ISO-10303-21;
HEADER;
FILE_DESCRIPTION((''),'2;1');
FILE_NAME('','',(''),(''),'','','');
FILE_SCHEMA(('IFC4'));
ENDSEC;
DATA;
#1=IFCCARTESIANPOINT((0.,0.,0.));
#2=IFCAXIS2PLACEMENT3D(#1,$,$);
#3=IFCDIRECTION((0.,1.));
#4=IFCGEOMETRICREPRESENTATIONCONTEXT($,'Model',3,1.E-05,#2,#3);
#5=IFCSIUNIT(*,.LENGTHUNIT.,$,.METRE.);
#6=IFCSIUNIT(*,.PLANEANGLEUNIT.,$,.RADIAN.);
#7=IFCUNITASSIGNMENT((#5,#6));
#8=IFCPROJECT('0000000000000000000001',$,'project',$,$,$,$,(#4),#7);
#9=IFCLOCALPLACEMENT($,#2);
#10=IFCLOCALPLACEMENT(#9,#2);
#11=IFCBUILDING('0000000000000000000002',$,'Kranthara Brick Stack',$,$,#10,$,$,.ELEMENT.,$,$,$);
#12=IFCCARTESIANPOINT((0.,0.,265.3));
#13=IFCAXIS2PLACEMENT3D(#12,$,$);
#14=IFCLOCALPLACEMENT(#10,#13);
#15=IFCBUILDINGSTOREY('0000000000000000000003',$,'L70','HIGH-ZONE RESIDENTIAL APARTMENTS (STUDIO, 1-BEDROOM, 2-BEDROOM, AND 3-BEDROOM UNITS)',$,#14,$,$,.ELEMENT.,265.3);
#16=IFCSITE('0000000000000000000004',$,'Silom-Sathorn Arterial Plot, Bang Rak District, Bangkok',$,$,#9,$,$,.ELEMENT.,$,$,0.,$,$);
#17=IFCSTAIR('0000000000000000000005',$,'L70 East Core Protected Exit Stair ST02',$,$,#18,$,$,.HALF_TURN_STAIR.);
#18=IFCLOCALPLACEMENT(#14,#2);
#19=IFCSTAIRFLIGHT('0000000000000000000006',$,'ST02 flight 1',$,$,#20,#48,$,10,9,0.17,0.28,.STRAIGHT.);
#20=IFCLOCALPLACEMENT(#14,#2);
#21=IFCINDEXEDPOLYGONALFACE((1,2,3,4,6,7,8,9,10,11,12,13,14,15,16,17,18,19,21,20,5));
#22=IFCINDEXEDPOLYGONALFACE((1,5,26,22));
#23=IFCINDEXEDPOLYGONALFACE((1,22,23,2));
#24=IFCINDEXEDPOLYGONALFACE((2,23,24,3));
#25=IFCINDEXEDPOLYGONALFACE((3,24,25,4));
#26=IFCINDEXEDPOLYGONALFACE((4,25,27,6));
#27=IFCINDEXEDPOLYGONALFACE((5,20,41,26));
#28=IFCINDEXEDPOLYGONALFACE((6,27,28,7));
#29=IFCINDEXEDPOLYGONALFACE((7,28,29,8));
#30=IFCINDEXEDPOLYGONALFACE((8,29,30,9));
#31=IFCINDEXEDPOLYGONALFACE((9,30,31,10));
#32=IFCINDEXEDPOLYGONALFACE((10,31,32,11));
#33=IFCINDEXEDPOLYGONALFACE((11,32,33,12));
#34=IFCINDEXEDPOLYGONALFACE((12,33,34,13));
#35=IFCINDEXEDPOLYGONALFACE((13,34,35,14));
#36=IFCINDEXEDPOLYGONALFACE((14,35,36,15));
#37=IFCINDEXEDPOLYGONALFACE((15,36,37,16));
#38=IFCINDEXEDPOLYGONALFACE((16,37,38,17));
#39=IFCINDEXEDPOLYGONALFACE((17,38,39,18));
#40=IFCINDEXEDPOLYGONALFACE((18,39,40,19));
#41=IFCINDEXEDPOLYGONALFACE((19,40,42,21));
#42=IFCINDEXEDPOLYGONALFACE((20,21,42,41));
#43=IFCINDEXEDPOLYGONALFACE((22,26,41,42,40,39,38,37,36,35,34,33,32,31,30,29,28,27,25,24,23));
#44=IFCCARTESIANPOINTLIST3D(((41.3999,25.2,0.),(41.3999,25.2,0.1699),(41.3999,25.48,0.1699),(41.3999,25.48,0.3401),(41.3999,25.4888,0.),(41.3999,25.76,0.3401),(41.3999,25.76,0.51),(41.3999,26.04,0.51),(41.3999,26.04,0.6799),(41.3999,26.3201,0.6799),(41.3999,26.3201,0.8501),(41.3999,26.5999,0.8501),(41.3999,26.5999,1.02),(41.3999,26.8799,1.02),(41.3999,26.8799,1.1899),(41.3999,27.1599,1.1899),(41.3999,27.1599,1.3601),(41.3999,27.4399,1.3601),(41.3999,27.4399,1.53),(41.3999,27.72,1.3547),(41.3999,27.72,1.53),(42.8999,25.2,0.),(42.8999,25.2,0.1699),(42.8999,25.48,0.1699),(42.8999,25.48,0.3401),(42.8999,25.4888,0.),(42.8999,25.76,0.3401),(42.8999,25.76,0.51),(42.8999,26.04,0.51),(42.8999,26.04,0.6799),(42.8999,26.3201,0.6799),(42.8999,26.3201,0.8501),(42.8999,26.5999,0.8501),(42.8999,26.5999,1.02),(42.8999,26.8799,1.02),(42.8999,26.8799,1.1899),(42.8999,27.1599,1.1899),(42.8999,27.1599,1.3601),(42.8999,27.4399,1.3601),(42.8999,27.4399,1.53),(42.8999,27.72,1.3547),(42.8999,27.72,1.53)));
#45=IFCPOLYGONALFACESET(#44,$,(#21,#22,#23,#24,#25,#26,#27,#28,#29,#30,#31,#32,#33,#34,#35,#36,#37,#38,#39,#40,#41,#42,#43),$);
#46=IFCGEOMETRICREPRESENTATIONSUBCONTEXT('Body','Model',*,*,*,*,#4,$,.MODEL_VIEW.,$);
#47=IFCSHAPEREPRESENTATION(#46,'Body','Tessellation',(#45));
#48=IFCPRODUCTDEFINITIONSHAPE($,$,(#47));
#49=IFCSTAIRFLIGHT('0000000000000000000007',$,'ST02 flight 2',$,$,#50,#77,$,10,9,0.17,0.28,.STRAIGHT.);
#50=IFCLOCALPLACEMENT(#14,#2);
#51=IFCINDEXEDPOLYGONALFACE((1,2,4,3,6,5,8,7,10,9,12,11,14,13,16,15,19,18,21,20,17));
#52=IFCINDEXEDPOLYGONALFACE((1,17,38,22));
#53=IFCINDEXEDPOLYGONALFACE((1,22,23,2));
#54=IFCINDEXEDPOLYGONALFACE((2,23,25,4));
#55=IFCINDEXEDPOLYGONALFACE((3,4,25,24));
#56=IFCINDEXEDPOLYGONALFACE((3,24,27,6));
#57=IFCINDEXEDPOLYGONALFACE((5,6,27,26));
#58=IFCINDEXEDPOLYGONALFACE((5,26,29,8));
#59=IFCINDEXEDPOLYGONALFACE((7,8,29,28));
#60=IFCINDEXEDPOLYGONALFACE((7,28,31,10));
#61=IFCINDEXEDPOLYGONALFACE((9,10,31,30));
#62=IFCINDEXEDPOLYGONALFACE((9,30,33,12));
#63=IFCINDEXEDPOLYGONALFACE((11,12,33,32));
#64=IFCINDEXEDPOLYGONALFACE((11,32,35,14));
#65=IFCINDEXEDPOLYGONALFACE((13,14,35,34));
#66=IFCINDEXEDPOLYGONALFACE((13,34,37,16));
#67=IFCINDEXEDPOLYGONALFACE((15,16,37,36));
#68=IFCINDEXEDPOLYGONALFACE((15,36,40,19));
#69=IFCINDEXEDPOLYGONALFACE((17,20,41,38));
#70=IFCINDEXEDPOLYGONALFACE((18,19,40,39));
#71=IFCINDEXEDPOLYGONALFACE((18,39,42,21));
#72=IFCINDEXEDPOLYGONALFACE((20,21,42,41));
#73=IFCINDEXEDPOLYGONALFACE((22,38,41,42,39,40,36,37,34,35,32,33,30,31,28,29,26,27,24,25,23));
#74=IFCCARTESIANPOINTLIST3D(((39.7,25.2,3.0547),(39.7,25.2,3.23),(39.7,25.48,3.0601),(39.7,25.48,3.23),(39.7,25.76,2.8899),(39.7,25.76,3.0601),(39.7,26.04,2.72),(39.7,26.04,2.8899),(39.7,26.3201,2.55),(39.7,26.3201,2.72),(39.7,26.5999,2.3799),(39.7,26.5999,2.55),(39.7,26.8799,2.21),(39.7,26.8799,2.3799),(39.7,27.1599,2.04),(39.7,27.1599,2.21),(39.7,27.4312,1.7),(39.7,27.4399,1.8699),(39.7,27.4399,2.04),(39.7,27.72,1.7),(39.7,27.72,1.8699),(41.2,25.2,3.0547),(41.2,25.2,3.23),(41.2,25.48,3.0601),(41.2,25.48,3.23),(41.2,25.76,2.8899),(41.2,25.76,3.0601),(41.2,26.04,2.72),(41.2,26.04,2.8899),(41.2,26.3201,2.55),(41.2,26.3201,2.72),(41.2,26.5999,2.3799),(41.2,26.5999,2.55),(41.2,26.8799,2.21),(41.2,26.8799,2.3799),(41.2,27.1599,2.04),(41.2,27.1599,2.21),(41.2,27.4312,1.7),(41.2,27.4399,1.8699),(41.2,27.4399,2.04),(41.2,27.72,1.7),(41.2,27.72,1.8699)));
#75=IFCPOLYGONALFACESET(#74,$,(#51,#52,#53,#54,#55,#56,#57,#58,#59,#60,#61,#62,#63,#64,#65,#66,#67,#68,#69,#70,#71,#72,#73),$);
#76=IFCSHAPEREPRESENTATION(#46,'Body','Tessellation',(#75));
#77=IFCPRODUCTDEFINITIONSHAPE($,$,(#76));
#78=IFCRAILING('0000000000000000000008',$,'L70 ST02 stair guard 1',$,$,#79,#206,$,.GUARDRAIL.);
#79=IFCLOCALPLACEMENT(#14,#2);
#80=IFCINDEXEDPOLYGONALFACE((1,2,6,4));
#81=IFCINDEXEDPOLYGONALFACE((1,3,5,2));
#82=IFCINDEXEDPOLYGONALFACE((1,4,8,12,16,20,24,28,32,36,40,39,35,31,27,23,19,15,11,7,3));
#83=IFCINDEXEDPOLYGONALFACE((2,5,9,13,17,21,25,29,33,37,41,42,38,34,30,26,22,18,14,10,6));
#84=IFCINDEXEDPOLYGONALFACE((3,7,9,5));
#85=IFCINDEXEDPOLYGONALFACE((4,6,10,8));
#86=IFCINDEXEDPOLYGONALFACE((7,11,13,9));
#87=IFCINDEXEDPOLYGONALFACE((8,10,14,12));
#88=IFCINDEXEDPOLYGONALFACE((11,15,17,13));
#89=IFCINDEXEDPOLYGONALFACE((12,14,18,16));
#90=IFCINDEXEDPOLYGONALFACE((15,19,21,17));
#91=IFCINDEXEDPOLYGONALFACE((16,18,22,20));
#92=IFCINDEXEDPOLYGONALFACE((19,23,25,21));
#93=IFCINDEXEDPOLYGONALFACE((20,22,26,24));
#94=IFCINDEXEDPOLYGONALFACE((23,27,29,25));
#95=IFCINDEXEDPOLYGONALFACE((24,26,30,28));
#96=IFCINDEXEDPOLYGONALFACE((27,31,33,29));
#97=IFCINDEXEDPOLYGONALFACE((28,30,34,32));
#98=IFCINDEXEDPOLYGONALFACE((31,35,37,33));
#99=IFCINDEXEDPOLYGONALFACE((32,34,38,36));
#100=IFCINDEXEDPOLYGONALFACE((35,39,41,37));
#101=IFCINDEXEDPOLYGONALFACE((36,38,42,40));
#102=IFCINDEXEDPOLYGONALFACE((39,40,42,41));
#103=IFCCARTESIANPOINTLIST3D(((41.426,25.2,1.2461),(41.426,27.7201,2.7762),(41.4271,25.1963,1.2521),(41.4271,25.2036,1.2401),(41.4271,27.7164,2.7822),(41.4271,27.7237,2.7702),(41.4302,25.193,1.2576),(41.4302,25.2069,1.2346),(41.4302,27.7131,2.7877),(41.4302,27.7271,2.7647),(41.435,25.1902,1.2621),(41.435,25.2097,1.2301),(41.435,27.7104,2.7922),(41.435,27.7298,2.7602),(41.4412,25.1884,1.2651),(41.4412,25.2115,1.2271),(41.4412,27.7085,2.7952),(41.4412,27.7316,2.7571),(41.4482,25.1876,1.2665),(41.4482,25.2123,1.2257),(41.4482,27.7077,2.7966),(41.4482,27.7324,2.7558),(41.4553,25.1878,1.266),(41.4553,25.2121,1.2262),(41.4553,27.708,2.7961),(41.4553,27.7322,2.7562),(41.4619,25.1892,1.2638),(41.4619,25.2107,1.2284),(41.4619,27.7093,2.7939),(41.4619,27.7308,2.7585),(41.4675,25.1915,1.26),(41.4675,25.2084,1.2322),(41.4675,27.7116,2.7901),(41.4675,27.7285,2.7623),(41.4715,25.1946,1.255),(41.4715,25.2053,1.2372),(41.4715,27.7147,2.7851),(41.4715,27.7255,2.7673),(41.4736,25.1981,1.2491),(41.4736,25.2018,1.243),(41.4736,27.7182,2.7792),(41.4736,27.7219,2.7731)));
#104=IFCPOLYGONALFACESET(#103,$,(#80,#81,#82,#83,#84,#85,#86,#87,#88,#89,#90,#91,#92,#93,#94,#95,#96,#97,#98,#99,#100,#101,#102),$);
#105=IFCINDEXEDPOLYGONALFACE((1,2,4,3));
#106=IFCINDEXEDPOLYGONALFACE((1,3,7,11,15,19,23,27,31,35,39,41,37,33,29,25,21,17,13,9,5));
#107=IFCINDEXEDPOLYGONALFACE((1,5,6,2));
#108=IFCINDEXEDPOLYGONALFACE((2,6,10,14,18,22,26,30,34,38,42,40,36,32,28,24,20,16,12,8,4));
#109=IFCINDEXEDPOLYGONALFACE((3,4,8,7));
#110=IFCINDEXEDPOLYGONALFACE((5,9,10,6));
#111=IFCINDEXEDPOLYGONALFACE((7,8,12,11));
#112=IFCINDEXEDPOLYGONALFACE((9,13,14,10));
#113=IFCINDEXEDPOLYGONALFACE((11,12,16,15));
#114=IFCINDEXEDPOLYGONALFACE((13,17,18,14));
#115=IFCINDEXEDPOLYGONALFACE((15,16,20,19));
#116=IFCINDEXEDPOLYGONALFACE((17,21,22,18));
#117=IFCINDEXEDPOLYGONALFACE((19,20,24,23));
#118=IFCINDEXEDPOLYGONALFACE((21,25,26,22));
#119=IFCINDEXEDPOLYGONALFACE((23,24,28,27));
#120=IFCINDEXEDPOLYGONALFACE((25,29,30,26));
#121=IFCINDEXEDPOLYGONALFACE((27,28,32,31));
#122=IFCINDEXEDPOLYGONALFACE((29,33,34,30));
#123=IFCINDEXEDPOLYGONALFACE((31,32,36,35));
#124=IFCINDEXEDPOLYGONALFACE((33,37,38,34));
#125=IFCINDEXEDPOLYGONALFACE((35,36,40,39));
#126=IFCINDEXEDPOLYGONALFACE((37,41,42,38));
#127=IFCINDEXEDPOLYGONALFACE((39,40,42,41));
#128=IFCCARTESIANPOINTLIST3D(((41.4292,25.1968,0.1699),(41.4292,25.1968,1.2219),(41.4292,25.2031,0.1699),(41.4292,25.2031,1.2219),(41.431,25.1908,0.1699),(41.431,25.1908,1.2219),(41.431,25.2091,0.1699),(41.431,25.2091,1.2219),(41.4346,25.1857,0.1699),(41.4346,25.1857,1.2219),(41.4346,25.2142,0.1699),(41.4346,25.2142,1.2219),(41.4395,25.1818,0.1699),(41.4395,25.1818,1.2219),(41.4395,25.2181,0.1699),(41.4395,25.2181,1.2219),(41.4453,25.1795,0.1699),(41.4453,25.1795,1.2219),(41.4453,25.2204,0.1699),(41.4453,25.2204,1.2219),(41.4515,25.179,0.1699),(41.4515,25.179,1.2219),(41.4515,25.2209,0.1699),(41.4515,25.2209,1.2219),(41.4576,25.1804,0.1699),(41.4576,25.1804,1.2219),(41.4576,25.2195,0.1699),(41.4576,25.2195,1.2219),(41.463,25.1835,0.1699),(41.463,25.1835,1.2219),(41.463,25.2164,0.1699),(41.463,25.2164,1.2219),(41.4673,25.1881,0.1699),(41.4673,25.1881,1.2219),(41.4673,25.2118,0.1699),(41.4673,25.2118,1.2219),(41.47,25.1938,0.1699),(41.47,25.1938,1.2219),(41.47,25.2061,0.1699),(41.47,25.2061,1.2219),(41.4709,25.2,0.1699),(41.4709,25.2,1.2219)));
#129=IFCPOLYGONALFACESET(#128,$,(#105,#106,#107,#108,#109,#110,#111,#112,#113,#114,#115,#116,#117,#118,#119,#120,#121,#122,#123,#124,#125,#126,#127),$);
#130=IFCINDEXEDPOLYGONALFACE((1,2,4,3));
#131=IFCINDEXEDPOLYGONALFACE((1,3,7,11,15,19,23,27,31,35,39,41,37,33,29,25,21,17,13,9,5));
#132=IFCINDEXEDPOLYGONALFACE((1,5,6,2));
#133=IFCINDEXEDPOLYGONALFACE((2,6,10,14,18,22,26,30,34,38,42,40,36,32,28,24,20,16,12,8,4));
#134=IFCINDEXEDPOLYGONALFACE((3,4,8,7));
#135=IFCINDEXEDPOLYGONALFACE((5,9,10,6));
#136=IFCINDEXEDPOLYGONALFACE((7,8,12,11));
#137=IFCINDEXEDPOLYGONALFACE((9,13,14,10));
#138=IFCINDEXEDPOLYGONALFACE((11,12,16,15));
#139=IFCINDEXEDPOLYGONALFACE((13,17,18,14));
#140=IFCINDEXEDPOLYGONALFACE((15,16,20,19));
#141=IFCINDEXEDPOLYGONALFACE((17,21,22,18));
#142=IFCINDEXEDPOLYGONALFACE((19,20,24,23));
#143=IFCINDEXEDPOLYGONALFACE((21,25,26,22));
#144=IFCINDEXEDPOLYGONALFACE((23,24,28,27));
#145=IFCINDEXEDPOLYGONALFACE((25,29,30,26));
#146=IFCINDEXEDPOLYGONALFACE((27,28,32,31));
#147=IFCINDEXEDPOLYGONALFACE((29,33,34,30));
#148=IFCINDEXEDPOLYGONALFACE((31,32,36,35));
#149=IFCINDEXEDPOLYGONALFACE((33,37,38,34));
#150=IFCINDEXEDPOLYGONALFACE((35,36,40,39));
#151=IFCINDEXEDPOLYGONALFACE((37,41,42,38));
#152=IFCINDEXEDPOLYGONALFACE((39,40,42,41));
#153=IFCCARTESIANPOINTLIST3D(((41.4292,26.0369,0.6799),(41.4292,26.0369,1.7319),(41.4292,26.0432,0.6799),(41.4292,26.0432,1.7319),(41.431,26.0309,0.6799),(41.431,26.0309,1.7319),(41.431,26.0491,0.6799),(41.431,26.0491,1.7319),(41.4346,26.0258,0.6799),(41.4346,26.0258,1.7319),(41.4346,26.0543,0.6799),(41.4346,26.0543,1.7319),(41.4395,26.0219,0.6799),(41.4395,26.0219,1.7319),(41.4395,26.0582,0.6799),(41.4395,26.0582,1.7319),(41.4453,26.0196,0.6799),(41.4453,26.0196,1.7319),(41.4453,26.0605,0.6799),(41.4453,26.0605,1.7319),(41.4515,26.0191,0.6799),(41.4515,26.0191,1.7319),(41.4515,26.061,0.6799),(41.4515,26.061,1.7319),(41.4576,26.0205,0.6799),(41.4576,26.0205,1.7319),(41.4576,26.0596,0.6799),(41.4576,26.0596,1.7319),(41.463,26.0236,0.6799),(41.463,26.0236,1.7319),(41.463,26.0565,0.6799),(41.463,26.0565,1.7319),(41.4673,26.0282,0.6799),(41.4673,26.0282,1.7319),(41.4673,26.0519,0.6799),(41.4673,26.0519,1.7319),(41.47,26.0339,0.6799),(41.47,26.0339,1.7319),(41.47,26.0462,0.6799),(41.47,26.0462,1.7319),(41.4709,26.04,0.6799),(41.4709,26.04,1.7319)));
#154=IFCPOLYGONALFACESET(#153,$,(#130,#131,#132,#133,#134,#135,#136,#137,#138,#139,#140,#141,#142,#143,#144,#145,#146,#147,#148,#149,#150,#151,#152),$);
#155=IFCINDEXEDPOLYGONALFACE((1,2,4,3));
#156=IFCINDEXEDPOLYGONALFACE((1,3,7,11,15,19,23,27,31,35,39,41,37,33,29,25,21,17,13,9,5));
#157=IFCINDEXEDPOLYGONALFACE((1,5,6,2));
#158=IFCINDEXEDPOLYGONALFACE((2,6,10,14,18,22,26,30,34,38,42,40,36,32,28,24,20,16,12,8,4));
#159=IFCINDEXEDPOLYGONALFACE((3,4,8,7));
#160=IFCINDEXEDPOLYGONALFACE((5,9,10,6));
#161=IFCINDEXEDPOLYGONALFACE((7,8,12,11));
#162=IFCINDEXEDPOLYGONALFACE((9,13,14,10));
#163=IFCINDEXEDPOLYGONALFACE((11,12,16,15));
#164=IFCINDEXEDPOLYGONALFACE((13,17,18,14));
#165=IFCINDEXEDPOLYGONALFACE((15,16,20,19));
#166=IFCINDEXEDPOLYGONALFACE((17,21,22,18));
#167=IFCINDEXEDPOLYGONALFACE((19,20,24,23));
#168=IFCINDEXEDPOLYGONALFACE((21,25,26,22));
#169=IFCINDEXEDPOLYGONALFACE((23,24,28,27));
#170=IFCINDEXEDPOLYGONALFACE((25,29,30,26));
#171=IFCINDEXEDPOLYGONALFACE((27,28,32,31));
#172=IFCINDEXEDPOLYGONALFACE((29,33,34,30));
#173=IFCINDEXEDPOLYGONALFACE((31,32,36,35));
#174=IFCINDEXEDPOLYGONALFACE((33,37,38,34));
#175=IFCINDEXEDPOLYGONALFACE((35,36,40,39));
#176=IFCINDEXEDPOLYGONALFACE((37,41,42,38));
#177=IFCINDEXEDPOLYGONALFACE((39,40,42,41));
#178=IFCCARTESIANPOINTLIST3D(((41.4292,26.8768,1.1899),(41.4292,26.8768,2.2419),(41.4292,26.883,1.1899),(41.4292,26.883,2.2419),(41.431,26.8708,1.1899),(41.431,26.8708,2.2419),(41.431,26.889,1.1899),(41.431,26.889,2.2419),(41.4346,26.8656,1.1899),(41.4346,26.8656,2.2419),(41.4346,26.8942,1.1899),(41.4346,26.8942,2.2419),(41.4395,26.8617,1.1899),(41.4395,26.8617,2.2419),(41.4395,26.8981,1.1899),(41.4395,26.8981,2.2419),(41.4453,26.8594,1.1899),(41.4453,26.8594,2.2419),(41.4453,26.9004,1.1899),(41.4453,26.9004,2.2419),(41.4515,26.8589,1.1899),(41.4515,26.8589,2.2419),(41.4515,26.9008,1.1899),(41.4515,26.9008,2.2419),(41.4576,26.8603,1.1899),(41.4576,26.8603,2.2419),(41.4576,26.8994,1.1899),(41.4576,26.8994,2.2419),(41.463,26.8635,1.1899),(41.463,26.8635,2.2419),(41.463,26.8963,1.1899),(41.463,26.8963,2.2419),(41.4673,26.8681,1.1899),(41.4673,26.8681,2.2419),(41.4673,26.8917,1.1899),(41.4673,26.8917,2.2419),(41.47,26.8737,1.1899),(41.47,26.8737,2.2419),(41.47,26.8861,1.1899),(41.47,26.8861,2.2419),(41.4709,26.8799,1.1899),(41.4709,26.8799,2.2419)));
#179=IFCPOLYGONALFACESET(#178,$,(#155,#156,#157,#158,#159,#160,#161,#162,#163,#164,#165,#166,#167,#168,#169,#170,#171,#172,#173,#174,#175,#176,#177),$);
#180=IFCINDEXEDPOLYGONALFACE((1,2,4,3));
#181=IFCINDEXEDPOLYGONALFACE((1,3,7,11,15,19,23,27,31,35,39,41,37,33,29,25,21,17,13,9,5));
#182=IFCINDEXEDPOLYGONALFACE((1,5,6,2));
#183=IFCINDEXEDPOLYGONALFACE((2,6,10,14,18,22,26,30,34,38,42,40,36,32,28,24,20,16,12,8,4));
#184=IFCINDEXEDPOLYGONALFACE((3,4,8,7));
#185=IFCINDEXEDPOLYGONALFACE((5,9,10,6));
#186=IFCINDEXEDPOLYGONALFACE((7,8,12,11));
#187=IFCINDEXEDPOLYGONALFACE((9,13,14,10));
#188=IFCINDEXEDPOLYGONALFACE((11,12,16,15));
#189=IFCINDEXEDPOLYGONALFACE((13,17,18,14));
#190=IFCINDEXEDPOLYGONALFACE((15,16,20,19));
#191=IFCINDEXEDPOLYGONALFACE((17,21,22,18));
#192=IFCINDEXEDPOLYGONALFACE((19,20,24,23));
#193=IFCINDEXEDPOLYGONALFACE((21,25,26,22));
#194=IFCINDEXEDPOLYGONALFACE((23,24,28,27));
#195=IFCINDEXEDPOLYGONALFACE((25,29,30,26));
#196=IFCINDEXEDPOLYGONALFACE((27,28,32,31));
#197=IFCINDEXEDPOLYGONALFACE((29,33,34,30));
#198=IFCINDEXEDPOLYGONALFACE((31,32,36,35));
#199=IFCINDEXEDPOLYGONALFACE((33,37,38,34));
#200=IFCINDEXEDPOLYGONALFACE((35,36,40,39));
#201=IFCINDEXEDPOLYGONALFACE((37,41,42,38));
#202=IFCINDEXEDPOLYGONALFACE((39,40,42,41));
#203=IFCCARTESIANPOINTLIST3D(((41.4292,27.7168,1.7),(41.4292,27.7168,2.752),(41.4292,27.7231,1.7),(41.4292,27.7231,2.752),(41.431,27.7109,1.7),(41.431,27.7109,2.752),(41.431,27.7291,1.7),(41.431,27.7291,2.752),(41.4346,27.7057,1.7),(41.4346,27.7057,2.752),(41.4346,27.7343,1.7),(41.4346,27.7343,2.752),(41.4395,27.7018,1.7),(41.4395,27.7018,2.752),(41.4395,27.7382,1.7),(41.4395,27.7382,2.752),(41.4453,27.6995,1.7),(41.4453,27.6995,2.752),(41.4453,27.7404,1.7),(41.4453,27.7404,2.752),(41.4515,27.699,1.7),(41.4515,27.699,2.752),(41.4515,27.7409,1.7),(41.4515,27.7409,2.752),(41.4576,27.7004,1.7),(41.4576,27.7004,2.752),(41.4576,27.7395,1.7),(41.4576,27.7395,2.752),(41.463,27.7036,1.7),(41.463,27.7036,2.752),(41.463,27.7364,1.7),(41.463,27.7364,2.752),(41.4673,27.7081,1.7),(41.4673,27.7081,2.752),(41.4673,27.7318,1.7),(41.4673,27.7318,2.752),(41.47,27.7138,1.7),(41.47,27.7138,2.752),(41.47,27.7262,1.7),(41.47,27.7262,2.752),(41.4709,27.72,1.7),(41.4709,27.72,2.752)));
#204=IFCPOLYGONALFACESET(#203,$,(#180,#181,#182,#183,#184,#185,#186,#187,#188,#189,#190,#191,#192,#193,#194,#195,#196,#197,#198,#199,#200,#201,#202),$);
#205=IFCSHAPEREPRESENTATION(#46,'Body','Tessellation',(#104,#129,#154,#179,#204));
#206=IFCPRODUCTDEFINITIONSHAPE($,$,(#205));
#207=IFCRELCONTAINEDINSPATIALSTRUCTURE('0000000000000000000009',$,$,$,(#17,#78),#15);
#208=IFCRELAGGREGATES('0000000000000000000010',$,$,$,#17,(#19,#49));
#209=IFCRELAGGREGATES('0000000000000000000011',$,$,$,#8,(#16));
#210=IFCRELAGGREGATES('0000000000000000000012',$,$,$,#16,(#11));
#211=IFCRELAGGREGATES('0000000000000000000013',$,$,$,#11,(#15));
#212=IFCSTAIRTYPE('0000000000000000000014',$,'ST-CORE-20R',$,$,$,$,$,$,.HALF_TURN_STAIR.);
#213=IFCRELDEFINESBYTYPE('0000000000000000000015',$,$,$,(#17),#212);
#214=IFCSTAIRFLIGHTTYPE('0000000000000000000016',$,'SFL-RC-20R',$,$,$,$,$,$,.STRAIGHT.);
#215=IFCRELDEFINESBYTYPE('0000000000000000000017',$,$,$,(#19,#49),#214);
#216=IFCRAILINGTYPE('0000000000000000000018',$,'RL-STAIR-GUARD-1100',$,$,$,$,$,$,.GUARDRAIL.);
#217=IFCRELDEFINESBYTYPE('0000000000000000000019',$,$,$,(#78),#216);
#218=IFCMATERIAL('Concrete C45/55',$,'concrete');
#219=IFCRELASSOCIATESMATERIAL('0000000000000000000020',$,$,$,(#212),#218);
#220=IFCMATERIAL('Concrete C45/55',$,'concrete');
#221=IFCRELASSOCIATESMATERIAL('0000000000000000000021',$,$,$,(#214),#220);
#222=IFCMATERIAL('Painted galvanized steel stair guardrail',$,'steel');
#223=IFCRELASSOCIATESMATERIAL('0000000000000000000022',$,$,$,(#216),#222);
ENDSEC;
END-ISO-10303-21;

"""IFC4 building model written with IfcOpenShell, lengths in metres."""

from ifc_helpers import new_model, si_unit, direction, frame, origin, origin_2d, place, context, subcontext, project, spatial, polyline, circle, outline, extrude, material, type_object, element, aggregate, save


model = new_model("IFC4")

# Units and contexts
model_context = context("Model", 3, precision=1e-05, world=origin(), true_north=direction((0.0, 1.0)))
body_context = subcontext(model_context, "Body", "Model", "MODEL_VIEW")
ifc_project = project(units=[si_unit("LENGTHUNIT", "METRE"), si_unit("PLANEANGLEUNIT", "RADIAN")], contexts=[model_context])

# Site, building, storey
site_placement = place(None, origin())
site = spatial("IfcSite", under=ifc_project, at=site_placement, Name="Silom-Sathorn Arterial Plot, Bang Rak District, Bangkok", CompositionType="ELEMENT", RefElevation=0.0)
building_placement = place(site_placement, origin())
building = spatial("IfcBuilding", under=site, at=building_placement, Name="Kranthara Brick Stack", CompositionType="ELEMENT")
storey_placement = place(building_placement, frame((0.0, 0.0, 265.3)))
storey = spatial("IfcBuildingStorey", under=building, at=storey_placement, Name="L70", Description="HIGH-ZONE RESIDENTIAL APARTMENTS (STUDIO, 1-BEDROOM, 2-BEDROOM, AND 3-BEDROOM UNITS)", CompositionType="ELEMENT", Elevation=265.3)

# Stair, stair flights
ifc_material_1 = material(Name="Concrete C45/55", Category="concrete")
stair_type = type_object("IfcStairType", Name="ST-CORE-20R", PredefinedType="HALF_TURN_STAIR", material=ifc_material_1)
stair_placement = place(storey_placement, origin())
stair = element("IfcStair", 1, at=stair_placement, inside=storey, type_object=stair_type, Name="L70 East Core Protected Exit Stair ST02", PredefinedType="HALF_TURN_STAIR")
ifc_material_2 = material(Name="Concrete C45/55", Category="concrete")
stair_flight_type = type_object("IfcStairFlightType", Name="SFL-RC-20R", PredefinedType="STRAIGHT", material=ifc_material_2)
stair_flight_1_placement = place(storey_placement, frame((42.1499, 25.2, 0.0), z_axis=(0.0, 0.0, 1.0), x_axis=(0.0, 1.0, 0.0)))
stair_flight_1 = element("IfcStairFlight", 2, at=stair_flight_1_placement, type_object=stair_flight_type, Name="ST02 flight 1", NumberOfRisers=10, NumberOfTreads=9, PredefinedType="STRAIGHT", RiserHeight=0.17, TreadLength=0.28, context=body_context, shape_type="SweptSolid", body=[
    extrude(outline(polyline([(0.0, 0.0), (0.0, 0.1699), (0.28, 0.1699), (0.28, 0.3401), (0.5601, 0.3401), (0.5601, 0.51), (0.8401, 0.51), (0.8401, 0.6799), (1.1201, 0.6799), (1.1201, 0.8501), (1.3999, 0.8501), (1.3999, 1.02), (1.6799, 1.02), (1.6799, 1.1899), (1.96, 1.1899), (1.96, 1.3601), (2.24, 1.3601), (2.24, 1.53), (2.52, 1.53), (2.52, 1.7), (2.52, 1.3547), (0.2888, 0.0), (0.0, 0.0)])), frame((0.0, 0.75, 0.0), z_axis=(0.0, -1.0, 0.0), x_axis=(1.0, 0.0, 0.0)), (0.0, 0.0, 1.0), 1.5),
])
stair_flight_2_placement = place(storey_placement, frame((40.45, 27.72, 1.7), z_axis=(0.0, 0.0, 1.0), x_axis=(0.0, -1.0, 0.0)))
stair_flight_2 = element("IfcStairFlight", 3, at=stair_flight_2_placement, type_object=stair_flight_type, Name="ST02 flight 2", NumberOfRisers=10, NumberOfTreads=9, PredefinedType="STRAIGHT", RiserHeight=0.17, TreadLength=0.28, context=body_context, shape_type="SweptSolid", body=[
    extrude(outline(polyline([(0.0, 0.0), (0.0, 0.1699), (0.28, 0.1699), (0.28, 0.3401), (0.5601, 0.3401), (0.5601, 0.51), (0.8401, 0.51), (0.8401, 0.6799), (1.1201, 0.6799), (1.1201, 0.8501), (1.3999, 0.8501), (1.3999, 1.02), (1.6799, 1.02), (1.6799, 1.1899), (1.96, 1.1899), (1.96, 1.3601), (2.24, 1.3601), (2.24, 1.53), (2.52, 1.53), (2.52, 1.7), (2.52, 1.3547), (0.2888, 0.0), (0.0, 0.0)])), frame((0.0, 0.75, 0.0), z_axis=(0.0, -1.0, 0.0), x_axis=(1.0, 0.0, 0.0)), (0.0, 0.0, 1.0), 1.5),
])
aggregate(stair, [stair_flight_1, stair_flight_2])

# Railing
ifc_material_3 = material(Name="Painted galvanized steel stair guardrail", Category="steel")
railing_type_1 = type_object("IfcRailingType", Name="RL-STAIR-GUARD-1100", PredefinedType="GUARDRAIL", material=ifc_material_3)
railing_1_placement = place(storey_placement, frame((41.45, 25.2, 0.1699)))
element("IfcRailing", 4, at=railing_1_placement, inside=storey, type_object=railing_type_1, Name="L70 ST02 stair guard 1", PredefinedType="GUARDRAIL", context=body_context, shape_type="SweptSolid", body=[
    extrude(circle(Radius=0.0239, at=origin_2d()), frame((0.0, 0.0, 1.0762), z_axis=(0.0, 0.854785, 0.518982), x_axis=(-1.0, 0.0, 0.0)), (0.0, 0.0, 1.0), 2.9482),
    extrude(circle(Radius=0.021, at=origin_2d()), origin(), (0.0, 0.0, 1.0), 1.052),
    extrude(circle(Radius=0.021, at=origin_2d()), frame((0.0, 0.8401, 0.51)), (0.0, 0.0, 1.0), 1.052),
    extrude(circle(Radius=0.021, at=origin_2d()), frame((0.0, 1.6799, 1.02)), (0.0, 0.0, 1.0), 1.052),
    extrude(circle(Radius=0.021, at=origin_2d()), frame((0.0, 2.52, 1.53)), (0.0, 0.0, 1.0), 1.052),
])

save(model, "model.ifc")
